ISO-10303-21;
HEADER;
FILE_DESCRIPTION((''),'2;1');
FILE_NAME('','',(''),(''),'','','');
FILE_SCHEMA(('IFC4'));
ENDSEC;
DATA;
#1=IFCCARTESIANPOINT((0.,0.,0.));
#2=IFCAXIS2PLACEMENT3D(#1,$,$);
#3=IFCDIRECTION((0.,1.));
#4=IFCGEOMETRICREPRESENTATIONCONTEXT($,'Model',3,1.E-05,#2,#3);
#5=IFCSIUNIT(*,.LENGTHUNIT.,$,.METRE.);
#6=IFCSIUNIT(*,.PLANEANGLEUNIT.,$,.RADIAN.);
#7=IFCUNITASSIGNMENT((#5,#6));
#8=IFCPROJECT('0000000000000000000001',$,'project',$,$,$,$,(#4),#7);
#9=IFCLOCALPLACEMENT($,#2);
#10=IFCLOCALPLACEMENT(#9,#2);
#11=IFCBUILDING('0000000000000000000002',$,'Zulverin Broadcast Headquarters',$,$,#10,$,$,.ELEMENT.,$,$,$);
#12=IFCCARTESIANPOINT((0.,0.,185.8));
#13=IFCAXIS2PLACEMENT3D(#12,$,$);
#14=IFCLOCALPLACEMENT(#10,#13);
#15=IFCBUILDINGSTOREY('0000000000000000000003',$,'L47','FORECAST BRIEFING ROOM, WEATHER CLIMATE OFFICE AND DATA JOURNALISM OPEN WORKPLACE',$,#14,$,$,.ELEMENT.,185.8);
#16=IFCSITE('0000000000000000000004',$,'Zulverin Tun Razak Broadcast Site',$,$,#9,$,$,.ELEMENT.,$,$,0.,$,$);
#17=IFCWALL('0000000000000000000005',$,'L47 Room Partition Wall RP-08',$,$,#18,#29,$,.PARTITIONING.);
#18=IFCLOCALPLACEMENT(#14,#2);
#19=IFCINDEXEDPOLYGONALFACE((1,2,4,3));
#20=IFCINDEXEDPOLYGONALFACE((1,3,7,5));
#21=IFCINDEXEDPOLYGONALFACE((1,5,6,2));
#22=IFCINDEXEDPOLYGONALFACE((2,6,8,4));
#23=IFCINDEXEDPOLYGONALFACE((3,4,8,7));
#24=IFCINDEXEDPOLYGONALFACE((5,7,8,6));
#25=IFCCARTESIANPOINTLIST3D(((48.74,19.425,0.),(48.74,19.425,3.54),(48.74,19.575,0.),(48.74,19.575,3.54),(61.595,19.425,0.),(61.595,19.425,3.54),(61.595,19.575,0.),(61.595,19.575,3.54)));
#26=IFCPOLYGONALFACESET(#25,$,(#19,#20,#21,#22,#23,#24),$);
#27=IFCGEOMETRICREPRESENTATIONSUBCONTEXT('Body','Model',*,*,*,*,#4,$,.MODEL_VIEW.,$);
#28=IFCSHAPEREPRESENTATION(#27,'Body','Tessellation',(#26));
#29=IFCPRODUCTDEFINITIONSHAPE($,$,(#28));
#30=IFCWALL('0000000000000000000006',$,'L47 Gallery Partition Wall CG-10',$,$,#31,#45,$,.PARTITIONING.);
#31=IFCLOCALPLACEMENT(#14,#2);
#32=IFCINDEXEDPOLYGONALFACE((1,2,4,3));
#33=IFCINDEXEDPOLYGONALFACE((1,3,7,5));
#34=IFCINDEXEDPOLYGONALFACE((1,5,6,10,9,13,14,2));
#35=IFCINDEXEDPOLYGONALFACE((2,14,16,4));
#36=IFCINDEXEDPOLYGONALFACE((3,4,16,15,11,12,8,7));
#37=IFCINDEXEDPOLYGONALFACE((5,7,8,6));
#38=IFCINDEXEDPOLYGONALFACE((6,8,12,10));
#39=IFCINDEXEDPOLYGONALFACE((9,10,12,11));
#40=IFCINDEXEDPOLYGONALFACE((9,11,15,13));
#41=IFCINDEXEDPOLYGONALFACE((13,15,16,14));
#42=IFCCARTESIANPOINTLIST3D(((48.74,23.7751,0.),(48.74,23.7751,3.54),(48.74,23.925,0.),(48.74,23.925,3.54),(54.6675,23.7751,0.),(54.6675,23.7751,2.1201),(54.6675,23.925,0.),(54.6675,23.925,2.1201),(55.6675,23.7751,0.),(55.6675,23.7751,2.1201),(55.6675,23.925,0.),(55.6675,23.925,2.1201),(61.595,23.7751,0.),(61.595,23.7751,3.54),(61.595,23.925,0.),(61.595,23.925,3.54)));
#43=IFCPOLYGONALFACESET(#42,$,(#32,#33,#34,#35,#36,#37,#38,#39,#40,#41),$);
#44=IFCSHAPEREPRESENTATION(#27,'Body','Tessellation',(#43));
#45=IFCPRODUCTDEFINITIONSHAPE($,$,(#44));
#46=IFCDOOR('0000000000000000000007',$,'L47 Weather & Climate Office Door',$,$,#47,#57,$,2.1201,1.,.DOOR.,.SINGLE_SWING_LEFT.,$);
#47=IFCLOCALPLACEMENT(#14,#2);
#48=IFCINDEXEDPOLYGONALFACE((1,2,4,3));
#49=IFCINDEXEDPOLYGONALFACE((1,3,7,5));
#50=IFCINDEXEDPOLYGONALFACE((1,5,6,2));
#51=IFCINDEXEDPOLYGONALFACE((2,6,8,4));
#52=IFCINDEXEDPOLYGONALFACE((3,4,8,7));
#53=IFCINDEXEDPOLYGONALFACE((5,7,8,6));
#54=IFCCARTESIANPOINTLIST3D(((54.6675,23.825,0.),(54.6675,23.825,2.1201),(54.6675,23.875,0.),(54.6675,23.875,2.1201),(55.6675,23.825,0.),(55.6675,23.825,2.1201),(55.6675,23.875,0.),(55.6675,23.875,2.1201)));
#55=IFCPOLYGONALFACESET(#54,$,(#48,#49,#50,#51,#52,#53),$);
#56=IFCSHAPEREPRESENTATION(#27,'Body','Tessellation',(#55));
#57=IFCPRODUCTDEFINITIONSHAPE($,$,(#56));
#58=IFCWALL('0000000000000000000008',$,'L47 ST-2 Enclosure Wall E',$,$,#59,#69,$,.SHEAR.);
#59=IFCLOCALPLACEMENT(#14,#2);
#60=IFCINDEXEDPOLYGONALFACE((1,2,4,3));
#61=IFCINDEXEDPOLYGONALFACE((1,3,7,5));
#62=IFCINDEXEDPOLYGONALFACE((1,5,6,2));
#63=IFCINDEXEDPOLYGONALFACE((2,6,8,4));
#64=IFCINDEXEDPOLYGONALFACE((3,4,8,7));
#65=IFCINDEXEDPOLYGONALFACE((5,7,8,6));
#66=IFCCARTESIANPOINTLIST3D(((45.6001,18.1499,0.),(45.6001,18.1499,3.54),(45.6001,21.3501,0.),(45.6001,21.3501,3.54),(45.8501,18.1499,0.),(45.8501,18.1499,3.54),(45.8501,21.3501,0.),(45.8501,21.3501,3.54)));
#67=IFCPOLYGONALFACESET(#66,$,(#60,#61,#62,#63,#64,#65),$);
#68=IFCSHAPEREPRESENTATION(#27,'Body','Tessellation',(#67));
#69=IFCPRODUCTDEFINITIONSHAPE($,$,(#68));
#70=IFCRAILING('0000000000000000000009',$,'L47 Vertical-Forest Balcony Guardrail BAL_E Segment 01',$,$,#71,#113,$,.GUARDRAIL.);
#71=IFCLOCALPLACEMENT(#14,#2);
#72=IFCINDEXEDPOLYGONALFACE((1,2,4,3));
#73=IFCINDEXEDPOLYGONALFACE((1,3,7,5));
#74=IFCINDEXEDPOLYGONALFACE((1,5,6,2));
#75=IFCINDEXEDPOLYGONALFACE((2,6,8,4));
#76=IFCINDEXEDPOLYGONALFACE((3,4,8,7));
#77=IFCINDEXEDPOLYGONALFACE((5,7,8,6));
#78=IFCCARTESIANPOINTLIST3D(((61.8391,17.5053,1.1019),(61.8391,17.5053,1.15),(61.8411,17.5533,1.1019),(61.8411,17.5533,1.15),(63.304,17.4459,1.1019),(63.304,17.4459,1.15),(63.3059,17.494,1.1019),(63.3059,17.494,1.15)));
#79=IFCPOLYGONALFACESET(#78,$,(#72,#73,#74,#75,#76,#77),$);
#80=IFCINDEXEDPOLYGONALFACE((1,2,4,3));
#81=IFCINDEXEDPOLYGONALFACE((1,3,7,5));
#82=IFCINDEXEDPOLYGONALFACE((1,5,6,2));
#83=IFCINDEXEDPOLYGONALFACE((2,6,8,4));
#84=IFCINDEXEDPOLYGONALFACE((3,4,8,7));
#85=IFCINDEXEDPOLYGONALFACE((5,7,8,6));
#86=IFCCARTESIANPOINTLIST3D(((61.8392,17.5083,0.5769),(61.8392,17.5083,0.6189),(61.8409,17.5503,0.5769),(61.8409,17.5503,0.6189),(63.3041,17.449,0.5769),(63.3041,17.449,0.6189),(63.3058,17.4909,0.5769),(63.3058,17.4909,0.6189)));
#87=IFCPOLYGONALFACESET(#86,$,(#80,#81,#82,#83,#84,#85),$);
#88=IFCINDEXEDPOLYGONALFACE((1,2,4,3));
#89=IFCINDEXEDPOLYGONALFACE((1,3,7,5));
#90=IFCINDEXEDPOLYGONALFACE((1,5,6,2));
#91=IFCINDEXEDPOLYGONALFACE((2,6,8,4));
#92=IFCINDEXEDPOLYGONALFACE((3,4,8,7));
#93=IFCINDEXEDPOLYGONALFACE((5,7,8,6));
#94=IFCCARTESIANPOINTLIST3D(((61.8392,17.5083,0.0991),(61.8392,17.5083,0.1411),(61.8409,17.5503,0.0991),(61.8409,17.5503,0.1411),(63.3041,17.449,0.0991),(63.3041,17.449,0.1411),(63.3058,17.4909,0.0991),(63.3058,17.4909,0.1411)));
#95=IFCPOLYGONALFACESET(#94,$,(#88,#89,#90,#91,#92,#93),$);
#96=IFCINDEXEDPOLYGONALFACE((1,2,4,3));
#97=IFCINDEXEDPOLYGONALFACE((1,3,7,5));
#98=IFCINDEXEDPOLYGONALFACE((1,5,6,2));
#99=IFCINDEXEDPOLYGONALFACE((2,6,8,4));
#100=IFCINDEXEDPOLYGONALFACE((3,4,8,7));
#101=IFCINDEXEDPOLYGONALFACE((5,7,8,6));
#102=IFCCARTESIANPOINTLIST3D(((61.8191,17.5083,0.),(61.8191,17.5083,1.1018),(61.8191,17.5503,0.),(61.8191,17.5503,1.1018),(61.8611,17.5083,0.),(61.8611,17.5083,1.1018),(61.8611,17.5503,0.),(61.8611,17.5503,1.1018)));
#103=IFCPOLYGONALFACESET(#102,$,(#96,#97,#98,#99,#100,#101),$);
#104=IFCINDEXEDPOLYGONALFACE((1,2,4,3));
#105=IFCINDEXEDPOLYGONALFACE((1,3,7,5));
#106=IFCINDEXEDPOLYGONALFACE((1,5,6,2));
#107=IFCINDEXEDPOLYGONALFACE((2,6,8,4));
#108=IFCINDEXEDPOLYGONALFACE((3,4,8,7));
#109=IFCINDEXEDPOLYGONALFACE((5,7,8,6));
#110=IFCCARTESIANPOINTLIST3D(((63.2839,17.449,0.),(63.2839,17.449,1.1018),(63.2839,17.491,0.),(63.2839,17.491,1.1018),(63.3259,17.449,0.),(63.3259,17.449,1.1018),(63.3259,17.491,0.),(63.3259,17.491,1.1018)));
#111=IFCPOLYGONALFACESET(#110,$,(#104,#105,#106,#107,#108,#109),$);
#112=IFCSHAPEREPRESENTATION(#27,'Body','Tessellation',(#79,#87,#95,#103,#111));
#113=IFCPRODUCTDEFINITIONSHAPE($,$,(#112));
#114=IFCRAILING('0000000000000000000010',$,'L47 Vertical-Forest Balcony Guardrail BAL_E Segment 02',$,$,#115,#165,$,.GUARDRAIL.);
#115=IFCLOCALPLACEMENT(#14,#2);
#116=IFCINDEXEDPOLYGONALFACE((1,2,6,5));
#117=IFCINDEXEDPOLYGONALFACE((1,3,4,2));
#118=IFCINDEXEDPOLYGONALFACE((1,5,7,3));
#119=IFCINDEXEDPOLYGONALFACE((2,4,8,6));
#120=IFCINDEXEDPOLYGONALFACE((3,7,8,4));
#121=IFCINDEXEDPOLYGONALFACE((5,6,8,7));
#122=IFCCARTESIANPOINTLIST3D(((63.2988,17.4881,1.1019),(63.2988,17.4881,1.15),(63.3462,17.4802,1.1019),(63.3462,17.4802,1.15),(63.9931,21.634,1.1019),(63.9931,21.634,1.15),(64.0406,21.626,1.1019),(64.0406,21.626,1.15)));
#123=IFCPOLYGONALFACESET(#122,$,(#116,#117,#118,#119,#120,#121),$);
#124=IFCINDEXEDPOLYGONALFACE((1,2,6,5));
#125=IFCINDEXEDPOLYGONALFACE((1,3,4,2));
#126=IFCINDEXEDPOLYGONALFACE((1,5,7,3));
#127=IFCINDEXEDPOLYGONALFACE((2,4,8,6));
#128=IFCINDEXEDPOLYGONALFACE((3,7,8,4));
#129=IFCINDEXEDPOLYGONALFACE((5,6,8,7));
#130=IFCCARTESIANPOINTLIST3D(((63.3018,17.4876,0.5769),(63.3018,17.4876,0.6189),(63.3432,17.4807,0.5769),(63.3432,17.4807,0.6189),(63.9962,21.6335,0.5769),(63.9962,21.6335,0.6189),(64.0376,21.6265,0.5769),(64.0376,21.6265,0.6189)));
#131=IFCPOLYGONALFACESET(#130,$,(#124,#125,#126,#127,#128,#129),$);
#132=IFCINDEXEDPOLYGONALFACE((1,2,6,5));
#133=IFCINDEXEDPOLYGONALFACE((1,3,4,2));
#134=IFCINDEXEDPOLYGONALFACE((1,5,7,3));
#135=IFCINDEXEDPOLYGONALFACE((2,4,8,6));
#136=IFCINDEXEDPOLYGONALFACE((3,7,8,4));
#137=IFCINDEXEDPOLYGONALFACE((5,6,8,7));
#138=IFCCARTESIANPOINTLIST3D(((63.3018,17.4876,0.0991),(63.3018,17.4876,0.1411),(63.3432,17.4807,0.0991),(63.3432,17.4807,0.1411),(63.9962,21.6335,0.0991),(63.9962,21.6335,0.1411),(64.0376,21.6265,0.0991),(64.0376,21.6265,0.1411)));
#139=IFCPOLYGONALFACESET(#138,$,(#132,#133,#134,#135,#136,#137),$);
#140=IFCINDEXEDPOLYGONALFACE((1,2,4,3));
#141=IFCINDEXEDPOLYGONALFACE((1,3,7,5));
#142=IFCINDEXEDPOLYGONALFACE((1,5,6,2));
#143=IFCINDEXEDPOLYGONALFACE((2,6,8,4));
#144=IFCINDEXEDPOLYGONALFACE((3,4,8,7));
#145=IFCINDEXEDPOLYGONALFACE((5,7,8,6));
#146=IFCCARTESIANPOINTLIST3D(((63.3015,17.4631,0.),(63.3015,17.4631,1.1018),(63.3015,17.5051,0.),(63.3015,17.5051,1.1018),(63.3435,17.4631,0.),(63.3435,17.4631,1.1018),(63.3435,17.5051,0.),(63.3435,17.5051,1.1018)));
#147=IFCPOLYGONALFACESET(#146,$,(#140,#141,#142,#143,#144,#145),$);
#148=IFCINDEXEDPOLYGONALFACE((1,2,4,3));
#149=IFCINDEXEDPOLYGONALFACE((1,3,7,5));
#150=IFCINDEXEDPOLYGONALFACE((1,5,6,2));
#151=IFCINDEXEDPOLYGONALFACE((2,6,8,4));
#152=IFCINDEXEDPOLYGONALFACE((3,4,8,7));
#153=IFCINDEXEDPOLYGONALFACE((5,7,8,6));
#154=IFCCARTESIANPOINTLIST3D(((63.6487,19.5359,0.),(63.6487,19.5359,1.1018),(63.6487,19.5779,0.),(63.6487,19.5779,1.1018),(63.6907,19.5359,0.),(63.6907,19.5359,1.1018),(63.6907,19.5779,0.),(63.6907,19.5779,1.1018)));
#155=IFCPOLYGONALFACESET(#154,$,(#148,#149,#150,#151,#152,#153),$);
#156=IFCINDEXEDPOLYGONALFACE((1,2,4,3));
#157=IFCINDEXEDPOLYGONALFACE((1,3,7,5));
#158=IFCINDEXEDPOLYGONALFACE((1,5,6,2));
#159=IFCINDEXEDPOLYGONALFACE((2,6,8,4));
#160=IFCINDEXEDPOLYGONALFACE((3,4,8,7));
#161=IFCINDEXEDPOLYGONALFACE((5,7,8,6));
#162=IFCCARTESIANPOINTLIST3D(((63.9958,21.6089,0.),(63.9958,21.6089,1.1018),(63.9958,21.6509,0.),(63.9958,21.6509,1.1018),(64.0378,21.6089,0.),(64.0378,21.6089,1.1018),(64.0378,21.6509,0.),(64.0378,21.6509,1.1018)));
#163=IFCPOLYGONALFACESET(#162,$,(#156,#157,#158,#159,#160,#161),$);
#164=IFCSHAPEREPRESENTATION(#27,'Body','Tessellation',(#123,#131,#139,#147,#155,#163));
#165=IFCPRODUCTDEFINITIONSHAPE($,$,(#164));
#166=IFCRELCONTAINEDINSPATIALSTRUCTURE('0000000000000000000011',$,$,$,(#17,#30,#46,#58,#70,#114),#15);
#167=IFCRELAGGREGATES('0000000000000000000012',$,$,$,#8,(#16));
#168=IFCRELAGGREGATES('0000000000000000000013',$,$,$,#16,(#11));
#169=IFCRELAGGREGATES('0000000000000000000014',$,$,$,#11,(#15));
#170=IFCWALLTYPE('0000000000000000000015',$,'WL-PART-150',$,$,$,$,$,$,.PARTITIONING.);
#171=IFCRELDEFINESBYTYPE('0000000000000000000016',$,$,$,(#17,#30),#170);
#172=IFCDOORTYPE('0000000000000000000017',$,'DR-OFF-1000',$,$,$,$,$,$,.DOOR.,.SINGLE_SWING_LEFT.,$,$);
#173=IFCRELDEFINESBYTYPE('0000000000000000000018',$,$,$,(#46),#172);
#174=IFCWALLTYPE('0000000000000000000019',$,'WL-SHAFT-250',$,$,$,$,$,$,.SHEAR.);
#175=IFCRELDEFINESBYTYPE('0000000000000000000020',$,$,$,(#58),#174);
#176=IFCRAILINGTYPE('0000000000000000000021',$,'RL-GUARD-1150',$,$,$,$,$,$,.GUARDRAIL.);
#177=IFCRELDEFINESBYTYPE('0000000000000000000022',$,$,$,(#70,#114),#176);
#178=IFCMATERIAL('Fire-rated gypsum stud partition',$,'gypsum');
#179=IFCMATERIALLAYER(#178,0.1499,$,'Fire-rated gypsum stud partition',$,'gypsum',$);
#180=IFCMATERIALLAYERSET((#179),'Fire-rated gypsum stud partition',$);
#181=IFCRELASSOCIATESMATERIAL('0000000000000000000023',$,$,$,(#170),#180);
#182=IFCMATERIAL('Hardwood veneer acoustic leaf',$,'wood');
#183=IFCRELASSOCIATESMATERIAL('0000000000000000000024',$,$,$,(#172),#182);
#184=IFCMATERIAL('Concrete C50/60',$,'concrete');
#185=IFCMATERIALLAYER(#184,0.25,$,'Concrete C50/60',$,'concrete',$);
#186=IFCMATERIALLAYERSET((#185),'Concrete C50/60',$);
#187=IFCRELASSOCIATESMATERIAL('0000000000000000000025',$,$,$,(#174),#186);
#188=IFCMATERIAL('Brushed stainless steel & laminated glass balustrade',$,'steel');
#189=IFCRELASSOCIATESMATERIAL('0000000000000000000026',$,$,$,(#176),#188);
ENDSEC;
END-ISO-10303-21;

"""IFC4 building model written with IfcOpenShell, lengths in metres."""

from ifc_helpers import new_model, si_unit, direction, frame, frame_2d, origin, origin_2d, place, context, subcontext, project, spatial, rectangle, extrude, material, layer, layer_set, type_object, element, fill, save


model = new_model("IFC4")

# Units and contexts
model_context = context("Model", 3, precision=1e-05, world=origin(), true_north=direction((0.0, 1.0)))
body_context = subcontext(model_context, "Body", "Model", "MODEL_VIEW")
ifc_project = project(units=[si_unit("LENGTHUNIT", "METRE"), si_unit("PLANEANGLEUNIT", "RADIAN")], contexts=[model_context])

# Site, building, storey
site_placement = place(None, origin())
site = spatial("IfcSite", under=ifc_project, at=site_placement, Name="Zulverin Tun Razak Broadcast Site", CompositionType="ELEMENT", RefElevation=0.0)
building_placement = place(site_placement, origin())
building = spatial("IfcBuilding", under=site, at=building_placement, Name="Zulverin Broadcast Headquarters", CompositionType="ELEMENT")
storey_placement = place(building_placement, frame((0.0, 0.0, 185.8)))
storey = spatial("IfcBuildingStorey", under=building, at=storey_placement, Name="L47", Description="FORECAST BRIEFING ROOM, WEATHER CLIMATE OFFICE AND DATA JOURNALISM OPEN WORKPLACE", CompositionType="ELEMENT", Elevation=185.8)

# Shared definitions
ifc_material_1 = material(Name="Concrete C50/60", Category="concrete")

# Wall
ifc_material_2 = material(Name="Fire-rated gypsum stud partition", Category="gypsum")
ifc_layer_1 = layer(ifc_material_2, 0.1499, Name="Fire-rated gypsum stud partition", Category="gypsum")
ifc_layer_set_1 = layer_set([ifc_layer_1], Name="Fire-rated gypsum stud partition")
wall_type_1 = type_object("IfcWallType", Name="WL-PART-150", PredefinedType="PARTITIONING", material=ifc_layer_set_1)
wall_1_placement = place(storey_placement, frame((48.74, 19.5, 0.0), z_axis=(0.0, 0.0, 1.0), x_axis=(1.0, 0.0, 0.0)))
element("IfcWall", 1, at=wall_1_placement, inside=storey, type_object=wall_type_1, Name="L47 Room Partition Wall RP-08", PredefinedType="PARTITIONING", context=body_context, shape_type="SweptSolid", body=[
    extrude(rectangle(XDim=12.855, YDim=0.1499, at=frame_2d((6.4275, 0.0))), origin(), (0.0, 0.0, 1.0), 3.54),
])

# Wall, opening, door
wall_2_placement = place(storey_placement, frame((48.74, 23.8501, 0.0), z_axis=(0.0, 0.0, 1.0), x_axis=(1.0, 0.0, 0.0)))
wall_2 = element("IfcWall", 2, at=wall_2_placement, inside=storey, type_object=wall_type_1, Name="L47 Gallery Partition Wall CG-10", PredefinedType="PARTITIONING", context=body_context, shape_type="SweptSolid", body=[
    extrude(rectangle(XDim=12.855, YDim=0.1499, at=frame_2d((6.4275, 0.0))), origin(), (0.0, 0.0, 1.0), 3.54),
])
opening_1_placement = place(wall_2_placement, frame((5.9275, 0.0, 0.0)))
opening_1 = element("IfcOpeningElement", 3, at=opening_1_placement, cuts=wall_2, PredefinedType="OPENING", context=body_context, shape_type="SweptSolid", body=[
    extrude(rectangle(XDim=1.0, YDim=2.1201, at=frame_2d((0.5, 1.0601))), frame((0.0, 0.085, 0.0), z_axis=(0.0, -1.0, 0.0), x_axis=(1.0, 0.0, 0.0)), (0.0, 0.0, 1.0), 0.1699),
])
ifc_material_3 = material(Name="Hardwood veneer acoustic leaf", Category="wood")
door_type_1 = type_object("IfcDoorType", Name="DR-OFF-1000", OperationType="SINGLE_SWING_LEFT", PredefinedType="DOOR", material=ifc_material_3)
door_1_placement = place(opening_1_placement, origin())
door_1 = element("IfcDoor", 4, at=door_1_placement, inside=storey, type_object=door_type_1, Name="L47 Weather & Climate Office Door", OperationType="SINGLE_SWING_LEFT", OverallHeight=2.1201, OverallWidth=1.0, PredefinedType="DOOR", context=body_context, shape_type="SweptSolid", body=[
    extrude(rectangle(XDim=1.0, YDim=2.1201, at=frame_2d((0.5, 1.0601))), frame((0.0, 0.0249, 0.0), z_axis=(0.0, -1.0, 0.0), x_axis=(1.0, 0.0, 0.0)), (0.0, 0.0, 1.0), 0.05),
])
fill(opening_1, door_1)

# Wall
ifc_layer_2 = layer(ifc_material_1, 0.25, Name="Concrete C50/60", Category="concrete")
ifc_layer_set_2 = layer_set([ifc_layer_2], Name="Concrete C50/60")
wall_type_2 = type_object("IfcWallType", Name="WL-SHAFT-250", PredefinedType="SHEAR", material=ifc_layer_set_2)
wall_3_placement = place(storey_placement, frame((45.7251, 18.1499, 0.0), z_axis=(0.0, 0.0, 1.0), x_axis=(0.0, 1.0, 0.0)))
element("IfcWall", 5, at=wall_3_placement, inside=storey, type_object=wall_type_2, Name="L47 ST-2 Enclosure Wall E", PredefinedType="SHEAR", context=body_context, shape_type="SweptSolid", body=[
    extrude(rectangle(XDim=3.2002, YDim=0.25, at=frame_2d((1.6001, 0.0))), origin(), (0.0, 0.0, 1.0), 3.54),
])

# Railings
ifc_material_4 = material(Name="Brushed stainless steel & laminated glass balustrade", Category="steel")
railing_type = type_object("IfcRailingType", Name="RL-GUARD-1150", PredefinedType="GUARDRAIL", material=ifc_material_4)
railing_1_placement = place(storey_placement, frame((61.8401, 17.5293, 0.0)))
element("IfcRailing", 6, at=railing_1_placement, inside=storey, type_object=railing_type, Name="L47 Vertical-Forest Balcony Guardrail BAL_E Segment 01", PredefinedType="GUARDRAIL", context=body_context, shape_type="SweptSolid", body=[
    extrude(rectangle(XDim=0.0481, YDim=0.0481, at=origin_2d()), frame((0.0, 0.0, 1.126), z_axis=(0.999181, -0.040467, 0.0), x_axis=(0.040467, 0.999181, 0.0)), (0.0, 0.0, 1.0), 1.4661),
    extrude(rectangle(XDim=0.042, YDim=0.042, at=origin_2d()), frame((0.0, 0.0, 0.5979), z_axis=(0.999181, -0.040467, 0.0), x_axis=(0.040467, 0.999181, 0.0)), (0.0, 0.0, 1.0), 1.4661),
    extrude(rectangle(XDim=0.042, YDim=0.042, at=origin_2d()), frame((0.0, 0.0, 0.1201), z_axis=(0.999181, -0.040467, 0.0), x_axis=(0.040467, 0.999181, 0.0)), (0.0, 0.0, 1.0), 1.4661),
    extrude(rectangle(XDim=0.042, YDim=0.042, at=origin_2d()), origin(), (0.0, 0.0, 1.0), 1.1018),
    extrude(rectangle(XDim=0.042, YDim=0.042, at=origin_2d()), frame((1.4648, -0.0593, 0.0)), (0.0, 0.0, 1.0), 1.1018),
])
railing_2_placement = place(storey_placement, frame((63.3225, 17.4841, 0.0)))
element("IfcRailing", 7, at=railing_2_placement, inside=storey, type_object=railing_type, Name="L47 Vertical-Forest Balcony Guardrail BAL_E Segment 02", PredefinedType="GUARDRAIL", context=body_context, shape_type="SweptSolid", body=[
    extrude(rectangle(XDim=0.0481, YDim=0.0481, at=origin_2d()), frame((0.0, 0.0, 1.126), z_axis=(0.165181, 0.986263, 0.0), x_axis=(-0.986263, 0.165181, 0.0)), (0.0, 0.0, 1.0), 4.2036),
    extrude(rectangle(XDim=0.042, YDim=0.042, at=origin_2d()), frame((0.0, 0.0, 0.5979), z_axis=(0.165181, 0.986263, 0.0), x_axis=(-0.986263, 0.165181, 0.0)), (0.0, 0.0, 1.0), 4.2036),
    extrude(rectangle(XDim=0.042, YDim=0.042, at=origin_2d()), frame((0.0, 0.0, 0.1201), z_axis=(0.165181, 0.986263, 0.0), x_axis=(-0.986263, 0.165181, 0.0)), (0.0, 0.0, 1.0), 4.2036),
    extrude(rectangle(XDim=0.042, YDim=0.042, at=origin_2d()), origin(), (0.0, 0.0, 1.0), 1.1018),
    extrude(rectangle(XDim=0.042, YDim=0.042, at=origin_2d()), frame((0.3472, 2.0728, 0.0)), (0.0, 0.0, 1.0), 1.1018),
    extrude(rectangle(XDim=0.042, YDim=0.042, at=origin_2d()), frame((0.6943, 4.1458, 0.0)), (0.0, 0.0, 1.0), 1.1018),
])

save(model, "model.ifc")
